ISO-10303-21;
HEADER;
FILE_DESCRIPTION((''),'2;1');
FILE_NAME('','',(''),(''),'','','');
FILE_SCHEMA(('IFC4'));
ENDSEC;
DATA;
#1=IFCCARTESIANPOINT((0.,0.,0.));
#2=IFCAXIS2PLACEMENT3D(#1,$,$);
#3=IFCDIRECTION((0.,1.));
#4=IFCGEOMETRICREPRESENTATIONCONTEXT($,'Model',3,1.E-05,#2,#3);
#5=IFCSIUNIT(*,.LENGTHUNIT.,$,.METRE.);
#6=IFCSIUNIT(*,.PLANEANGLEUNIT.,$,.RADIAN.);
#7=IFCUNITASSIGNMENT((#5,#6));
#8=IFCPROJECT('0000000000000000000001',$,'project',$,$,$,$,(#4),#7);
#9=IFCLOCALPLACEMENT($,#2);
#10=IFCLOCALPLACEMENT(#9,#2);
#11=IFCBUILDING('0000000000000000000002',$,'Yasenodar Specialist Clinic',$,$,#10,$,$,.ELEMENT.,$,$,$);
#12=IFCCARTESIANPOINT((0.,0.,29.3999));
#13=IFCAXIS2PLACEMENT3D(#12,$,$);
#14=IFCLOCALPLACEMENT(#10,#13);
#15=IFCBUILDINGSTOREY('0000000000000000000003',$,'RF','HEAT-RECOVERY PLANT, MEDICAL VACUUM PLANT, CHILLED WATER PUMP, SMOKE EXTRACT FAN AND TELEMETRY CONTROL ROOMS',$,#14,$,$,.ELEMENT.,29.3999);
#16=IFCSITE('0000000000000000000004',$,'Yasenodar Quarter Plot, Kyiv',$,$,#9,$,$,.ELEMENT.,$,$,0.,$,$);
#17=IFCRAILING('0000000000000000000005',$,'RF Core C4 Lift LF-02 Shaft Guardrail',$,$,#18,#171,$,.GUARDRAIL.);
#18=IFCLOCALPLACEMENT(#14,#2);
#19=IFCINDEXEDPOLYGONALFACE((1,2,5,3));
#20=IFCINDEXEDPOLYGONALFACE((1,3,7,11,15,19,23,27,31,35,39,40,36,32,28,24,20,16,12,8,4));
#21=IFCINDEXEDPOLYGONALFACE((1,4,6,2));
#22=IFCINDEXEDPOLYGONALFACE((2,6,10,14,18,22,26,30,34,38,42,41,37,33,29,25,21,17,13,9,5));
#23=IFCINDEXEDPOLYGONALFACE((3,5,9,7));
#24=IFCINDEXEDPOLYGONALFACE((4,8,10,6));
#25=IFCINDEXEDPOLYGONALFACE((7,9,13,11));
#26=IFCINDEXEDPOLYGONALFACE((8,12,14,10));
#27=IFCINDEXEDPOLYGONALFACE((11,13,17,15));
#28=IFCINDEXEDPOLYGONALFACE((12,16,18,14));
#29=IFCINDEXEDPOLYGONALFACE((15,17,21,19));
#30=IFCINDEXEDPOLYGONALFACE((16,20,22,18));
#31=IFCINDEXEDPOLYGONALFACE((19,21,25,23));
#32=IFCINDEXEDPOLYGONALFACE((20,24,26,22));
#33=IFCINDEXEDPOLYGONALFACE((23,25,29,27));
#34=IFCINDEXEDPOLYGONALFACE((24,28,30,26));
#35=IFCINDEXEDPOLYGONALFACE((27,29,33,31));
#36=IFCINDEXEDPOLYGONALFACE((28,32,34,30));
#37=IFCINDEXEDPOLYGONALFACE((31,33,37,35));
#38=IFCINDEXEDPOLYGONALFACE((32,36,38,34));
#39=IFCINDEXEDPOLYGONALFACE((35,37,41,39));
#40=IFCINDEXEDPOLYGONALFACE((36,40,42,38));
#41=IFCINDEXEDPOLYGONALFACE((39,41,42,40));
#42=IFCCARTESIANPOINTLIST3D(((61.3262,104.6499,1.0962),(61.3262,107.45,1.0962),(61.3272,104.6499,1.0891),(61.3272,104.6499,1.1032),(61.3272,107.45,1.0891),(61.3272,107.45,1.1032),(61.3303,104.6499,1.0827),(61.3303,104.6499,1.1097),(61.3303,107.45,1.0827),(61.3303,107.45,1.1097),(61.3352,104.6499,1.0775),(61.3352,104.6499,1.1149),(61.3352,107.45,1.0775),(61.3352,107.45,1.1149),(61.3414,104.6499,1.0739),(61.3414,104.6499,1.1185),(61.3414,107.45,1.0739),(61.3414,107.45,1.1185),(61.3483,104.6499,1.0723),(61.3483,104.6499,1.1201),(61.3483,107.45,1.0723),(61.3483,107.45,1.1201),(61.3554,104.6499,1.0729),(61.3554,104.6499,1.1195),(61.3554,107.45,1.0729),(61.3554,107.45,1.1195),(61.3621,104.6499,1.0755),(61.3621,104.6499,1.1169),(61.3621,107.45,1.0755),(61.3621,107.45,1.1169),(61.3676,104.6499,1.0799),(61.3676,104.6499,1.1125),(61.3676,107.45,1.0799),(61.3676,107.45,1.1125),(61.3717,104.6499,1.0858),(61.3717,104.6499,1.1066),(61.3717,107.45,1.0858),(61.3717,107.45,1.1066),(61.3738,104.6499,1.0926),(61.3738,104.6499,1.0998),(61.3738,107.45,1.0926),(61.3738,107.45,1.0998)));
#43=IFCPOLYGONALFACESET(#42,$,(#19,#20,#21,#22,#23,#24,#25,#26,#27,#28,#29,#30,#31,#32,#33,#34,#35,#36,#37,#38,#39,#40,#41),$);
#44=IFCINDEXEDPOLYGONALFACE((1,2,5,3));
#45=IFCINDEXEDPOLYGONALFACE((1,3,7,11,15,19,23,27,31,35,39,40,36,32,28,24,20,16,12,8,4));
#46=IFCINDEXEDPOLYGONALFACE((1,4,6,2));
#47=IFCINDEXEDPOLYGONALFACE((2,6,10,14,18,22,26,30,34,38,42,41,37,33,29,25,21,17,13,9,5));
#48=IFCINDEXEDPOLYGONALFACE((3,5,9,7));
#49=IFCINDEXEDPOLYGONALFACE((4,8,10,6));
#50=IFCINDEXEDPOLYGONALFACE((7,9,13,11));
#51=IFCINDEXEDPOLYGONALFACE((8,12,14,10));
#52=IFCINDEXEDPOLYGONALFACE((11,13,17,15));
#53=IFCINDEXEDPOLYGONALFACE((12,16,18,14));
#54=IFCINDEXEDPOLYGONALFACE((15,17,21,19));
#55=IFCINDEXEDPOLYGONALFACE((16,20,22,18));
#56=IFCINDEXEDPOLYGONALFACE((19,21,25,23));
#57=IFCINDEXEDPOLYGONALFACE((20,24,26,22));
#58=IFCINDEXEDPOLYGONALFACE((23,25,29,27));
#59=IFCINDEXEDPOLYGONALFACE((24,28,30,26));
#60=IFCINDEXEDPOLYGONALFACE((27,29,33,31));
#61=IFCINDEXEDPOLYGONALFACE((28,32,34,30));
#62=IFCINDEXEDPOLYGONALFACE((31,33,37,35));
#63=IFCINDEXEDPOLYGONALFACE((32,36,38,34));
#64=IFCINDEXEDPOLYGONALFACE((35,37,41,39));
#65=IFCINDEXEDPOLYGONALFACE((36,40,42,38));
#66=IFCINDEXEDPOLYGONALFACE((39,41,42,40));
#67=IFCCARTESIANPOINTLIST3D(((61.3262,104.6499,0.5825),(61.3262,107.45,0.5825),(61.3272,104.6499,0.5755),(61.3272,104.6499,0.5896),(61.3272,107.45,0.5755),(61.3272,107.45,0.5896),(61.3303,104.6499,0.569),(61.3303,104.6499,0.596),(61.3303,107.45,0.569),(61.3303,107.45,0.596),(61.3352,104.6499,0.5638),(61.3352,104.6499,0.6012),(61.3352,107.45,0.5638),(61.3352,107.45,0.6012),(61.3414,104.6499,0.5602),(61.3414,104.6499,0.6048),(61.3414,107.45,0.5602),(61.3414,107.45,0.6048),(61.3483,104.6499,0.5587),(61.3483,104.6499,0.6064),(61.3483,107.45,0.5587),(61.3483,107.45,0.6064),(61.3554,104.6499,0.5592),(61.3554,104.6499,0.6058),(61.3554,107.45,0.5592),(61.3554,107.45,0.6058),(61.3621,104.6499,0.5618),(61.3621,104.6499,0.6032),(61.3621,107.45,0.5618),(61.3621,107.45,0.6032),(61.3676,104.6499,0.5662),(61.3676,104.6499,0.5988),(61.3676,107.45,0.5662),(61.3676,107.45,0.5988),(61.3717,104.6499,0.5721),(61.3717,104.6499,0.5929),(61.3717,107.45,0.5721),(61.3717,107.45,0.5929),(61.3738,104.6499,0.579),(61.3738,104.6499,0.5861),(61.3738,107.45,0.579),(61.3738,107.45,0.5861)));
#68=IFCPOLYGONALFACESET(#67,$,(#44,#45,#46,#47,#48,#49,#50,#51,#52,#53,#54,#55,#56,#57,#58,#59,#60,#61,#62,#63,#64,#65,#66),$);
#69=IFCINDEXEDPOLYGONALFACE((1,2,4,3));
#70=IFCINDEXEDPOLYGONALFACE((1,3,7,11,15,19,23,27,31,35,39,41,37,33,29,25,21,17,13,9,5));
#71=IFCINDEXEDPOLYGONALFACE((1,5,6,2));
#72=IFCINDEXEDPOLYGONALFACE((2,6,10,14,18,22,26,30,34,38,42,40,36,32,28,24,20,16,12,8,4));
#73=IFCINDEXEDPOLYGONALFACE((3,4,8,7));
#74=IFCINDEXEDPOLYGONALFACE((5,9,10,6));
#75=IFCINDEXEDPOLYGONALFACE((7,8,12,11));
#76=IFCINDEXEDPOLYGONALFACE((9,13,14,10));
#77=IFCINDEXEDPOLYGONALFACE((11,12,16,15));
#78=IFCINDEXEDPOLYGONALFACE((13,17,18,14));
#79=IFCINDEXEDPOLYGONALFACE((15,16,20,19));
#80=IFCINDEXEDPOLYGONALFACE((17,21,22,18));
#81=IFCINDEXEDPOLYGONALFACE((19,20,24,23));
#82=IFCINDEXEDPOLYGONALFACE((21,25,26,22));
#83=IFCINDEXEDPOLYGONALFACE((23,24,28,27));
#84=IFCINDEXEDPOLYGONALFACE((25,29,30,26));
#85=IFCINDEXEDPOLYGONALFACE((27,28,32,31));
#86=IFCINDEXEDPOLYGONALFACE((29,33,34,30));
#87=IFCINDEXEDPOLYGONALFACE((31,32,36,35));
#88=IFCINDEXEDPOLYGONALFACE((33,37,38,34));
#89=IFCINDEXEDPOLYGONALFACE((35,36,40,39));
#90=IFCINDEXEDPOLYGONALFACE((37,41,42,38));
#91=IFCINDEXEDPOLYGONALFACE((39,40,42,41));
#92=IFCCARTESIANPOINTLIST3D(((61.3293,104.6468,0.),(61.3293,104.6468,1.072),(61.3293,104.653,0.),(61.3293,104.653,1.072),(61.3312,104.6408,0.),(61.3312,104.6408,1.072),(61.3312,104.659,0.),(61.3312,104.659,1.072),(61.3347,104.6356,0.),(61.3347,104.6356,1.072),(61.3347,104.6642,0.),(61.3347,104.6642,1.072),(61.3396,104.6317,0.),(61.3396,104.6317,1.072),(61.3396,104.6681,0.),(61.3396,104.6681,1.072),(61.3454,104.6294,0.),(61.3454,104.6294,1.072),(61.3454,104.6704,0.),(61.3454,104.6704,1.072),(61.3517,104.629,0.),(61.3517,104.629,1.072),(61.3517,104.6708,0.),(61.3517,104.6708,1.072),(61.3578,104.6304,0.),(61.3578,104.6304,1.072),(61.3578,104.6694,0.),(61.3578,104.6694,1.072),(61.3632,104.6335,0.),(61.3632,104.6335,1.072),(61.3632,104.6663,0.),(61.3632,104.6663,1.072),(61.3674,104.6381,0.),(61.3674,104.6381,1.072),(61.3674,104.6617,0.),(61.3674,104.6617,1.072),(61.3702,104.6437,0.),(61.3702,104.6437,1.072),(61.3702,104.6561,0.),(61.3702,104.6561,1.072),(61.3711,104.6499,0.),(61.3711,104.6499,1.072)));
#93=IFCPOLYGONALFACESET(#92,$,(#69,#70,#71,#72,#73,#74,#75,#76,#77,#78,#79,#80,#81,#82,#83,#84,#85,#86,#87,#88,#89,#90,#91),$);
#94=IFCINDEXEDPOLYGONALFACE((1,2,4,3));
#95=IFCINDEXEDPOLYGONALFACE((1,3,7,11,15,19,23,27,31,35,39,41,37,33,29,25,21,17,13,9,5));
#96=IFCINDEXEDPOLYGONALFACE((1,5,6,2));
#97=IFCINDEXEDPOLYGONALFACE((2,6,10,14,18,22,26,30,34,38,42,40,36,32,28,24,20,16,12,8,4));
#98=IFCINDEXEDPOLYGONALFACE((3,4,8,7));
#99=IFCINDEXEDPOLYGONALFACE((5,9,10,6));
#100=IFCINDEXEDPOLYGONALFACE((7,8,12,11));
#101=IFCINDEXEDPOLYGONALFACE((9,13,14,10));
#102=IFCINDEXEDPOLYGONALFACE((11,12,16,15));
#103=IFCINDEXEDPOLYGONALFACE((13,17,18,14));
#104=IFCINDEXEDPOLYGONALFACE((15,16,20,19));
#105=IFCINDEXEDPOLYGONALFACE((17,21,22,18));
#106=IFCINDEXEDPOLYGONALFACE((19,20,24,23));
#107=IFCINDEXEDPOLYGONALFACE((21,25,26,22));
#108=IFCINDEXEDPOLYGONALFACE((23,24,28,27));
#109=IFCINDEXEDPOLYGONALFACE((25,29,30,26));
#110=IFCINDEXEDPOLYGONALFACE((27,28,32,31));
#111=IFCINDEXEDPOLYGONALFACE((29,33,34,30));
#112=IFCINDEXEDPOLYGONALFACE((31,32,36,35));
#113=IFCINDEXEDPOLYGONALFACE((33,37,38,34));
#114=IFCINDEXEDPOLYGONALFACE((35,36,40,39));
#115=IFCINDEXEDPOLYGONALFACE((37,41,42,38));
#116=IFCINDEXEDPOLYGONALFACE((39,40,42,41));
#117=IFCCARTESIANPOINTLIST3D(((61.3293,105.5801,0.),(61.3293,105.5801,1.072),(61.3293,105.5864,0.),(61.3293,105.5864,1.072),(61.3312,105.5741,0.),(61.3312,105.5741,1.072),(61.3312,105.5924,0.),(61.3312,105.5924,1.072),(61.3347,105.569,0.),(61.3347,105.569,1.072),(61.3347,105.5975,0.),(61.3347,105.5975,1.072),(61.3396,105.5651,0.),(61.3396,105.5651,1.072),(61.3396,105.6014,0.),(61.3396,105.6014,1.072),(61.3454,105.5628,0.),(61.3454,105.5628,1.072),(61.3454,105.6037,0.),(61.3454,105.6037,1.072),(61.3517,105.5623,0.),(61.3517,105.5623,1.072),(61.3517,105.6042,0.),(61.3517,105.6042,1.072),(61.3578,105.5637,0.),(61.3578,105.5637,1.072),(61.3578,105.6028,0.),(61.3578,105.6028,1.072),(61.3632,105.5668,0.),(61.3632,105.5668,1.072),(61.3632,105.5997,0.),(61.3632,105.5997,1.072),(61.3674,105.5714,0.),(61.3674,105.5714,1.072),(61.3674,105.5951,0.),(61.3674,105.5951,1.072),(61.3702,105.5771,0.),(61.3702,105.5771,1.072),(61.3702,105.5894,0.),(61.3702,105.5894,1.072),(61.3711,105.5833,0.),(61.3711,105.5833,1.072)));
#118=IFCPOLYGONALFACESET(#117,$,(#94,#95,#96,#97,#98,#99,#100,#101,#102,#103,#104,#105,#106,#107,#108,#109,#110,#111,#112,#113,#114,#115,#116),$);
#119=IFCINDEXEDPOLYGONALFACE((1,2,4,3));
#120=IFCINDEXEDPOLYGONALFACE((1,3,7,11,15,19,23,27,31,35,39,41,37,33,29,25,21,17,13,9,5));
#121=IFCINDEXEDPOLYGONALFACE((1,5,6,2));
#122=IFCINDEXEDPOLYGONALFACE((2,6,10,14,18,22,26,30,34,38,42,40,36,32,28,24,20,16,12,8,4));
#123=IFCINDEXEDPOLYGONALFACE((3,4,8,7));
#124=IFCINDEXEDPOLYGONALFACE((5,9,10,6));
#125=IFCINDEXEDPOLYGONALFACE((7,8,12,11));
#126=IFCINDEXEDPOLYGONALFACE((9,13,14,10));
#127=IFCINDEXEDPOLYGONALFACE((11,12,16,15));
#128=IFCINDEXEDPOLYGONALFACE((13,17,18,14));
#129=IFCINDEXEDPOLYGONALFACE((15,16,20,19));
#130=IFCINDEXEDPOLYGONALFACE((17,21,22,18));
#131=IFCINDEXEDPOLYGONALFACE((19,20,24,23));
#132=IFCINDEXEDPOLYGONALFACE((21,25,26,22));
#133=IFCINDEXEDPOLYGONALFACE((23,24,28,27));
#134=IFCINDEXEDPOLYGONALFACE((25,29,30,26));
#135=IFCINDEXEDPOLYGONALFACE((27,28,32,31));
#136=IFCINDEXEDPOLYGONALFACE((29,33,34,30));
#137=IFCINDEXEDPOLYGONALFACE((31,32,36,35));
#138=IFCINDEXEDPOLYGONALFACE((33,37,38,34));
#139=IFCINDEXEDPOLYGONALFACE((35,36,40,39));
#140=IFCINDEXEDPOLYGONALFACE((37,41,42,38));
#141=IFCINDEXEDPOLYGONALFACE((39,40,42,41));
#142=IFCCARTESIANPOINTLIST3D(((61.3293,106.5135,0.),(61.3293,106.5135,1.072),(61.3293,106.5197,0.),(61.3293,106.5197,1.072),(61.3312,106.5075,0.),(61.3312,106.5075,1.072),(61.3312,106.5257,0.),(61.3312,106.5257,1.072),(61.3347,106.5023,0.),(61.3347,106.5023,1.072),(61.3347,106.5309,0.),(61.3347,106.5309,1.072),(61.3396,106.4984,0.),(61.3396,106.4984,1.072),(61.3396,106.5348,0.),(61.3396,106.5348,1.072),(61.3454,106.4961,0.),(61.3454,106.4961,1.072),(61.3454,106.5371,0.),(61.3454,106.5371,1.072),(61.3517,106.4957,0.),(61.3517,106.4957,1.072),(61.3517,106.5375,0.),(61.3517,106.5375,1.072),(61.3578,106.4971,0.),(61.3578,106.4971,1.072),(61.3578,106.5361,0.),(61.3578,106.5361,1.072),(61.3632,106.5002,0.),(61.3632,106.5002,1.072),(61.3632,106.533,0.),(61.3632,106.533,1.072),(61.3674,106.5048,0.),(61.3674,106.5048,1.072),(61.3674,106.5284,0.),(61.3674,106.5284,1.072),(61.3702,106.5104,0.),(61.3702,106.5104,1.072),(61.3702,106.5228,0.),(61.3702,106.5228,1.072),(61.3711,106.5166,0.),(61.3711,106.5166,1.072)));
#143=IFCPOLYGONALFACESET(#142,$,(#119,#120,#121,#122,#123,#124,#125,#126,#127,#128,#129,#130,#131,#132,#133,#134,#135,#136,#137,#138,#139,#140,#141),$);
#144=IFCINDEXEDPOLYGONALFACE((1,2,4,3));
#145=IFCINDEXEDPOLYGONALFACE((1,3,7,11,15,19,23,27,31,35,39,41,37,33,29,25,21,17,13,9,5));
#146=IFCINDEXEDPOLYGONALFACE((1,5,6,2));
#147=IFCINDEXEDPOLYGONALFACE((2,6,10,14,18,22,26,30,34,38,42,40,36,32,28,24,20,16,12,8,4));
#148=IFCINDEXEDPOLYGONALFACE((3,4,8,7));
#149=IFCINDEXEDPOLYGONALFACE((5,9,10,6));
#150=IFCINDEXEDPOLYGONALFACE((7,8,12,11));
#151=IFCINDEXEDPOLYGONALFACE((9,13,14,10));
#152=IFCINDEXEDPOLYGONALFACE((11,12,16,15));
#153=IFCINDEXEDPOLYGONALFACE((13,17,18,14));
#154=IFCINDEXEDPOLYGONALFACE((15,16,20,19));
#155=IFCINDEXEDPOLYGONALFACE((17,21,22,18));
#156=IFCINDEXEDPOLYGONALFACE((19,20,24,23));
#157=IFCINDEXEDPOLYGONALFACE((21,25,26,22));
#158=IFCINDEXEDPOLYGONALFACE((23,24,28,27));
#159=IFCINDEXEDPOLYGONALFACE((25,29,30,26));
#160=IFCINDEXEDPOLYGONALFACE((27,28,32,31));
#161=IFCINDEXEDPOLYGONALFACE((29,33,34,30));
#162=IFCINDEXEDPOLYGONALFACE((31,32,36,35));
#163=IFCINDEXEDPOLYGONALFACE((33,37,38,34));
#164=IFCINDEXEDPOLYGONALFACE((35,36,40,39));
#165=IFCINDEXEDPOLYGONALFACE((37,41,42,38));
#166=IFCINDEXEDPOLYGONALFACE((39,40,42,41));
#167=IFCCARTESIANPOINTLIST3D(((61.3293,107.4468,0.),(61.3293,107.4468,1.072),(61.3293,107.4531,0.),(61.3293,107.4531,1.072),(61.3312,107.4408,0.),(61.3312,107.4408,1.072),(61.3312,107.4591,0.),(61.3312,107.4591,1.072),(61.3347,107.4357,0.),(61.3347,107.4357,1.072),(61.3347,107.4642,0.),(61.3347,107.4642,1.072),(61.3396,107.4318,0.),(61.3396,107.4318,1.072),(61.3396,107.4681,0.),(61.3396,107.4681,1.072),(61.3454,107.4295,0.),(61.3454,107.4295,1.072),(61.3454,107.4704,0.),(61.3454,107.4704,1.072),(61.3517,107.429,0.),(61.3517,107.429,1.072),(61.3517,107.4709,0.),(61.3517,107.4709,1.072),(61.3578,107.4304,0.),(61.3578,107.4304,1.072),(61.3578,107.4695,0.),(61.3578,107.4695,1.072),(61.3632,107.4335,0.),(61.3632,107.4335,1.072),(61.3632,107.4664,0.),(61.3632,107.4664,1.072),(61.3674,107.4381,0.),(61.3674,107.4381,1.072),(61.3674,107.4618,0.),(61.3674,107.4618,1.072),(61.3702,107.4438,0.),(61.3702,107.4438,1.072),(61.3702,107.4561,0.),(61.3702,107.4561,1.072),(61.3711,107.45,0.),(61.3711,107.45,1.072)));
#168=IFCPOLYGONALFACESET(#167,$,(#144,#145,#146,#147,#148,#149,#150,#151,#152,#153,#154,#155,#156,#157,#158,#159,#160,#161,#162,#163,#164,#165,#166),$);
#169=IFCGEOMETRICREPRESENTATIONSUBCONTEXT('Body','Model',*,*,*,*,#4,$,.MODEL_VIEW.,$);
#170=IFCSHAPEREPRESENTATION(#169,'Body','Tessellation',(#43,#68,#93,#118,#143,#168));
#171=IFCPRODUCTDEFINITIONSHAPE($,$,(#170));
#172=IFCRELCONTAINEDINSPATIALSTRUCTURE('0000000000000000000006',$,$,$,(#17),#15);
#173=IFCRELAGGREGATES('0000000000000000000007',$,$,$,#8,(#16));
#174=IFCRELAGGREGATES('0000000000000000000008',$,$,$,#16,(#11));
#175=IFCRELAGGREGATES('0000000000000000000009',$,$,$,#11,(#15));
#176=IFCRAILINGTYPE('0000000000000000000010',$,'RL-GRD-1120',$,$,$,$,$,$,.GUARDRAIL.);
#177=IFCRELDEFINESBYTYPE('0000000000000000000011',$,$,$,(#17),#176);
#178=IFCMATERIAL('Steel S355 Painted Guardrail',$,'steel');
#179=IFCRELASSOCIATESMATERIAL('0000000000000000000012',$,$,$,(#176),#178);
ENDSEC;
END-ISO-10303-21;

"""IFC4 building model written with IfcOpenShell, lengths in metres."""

from ifc_helpers import new_model, si_unit, direction, frame, origin, origin_2d, place, context, subcontext, project, spatial, circle, extrude, material, type_object, element, save


model = new_model("IFC4")

# Units and contexts
model_context = context("Model", 3, precision=1e-05, world=origin(), true_north=direction((0.0, 1.0)))
body_context = subcontext(model_context, "Body", "Model", "MODEL_VIEW")
ifc_project = project(units=[si_unit("LENGTHUNIT", "METRE"), si_unit("PLANEANGLEUNIT", "RADIAN")], contexts=[model_context])

# Site, building, storey
site_placement = place(None, origin())
site = spatial("IfcSite", under=ifc_project, at=site_placement, Name="Yasenodar Quarter Plot, Kyiv", CompositionType="ELEMENT", RefElevation=0.0)
building_placement = place(site_placement, origin())
building = spatial("IfcBuilding", under=site, at=building_placement, Name="Yasenodar Specialist Clinic", CompositionType="ELEMENT")
storey_placement = place(building_placement, frame((0.0, 0.0, 29.3999)))
storey = spatial("IfcBuildingStorey", under=building, at=storey_placement, Name="RF", Description="HEAT-RECOVERY PLANT, MEDICAL VACUUM PLANT, CHILLED WATER PUMP, SMOKE EXTRACT FAN AND TELEMETRY CONTROL ROOMS", CompositionType="ELEMENT", Elevation=29.3999)

# Railing
ifc_material_1 = material(Name="Steel S355 Painted Guardrail", Category="steel")
railing_type_1 = type_object("IfcRailingType", Name="RL-GRD-1120", PredefinedType="GUARDRAIL", material=ifc_material_1)
railing_1_placement = place(storey_placement, frame((61.3501, 104.6499, 0.0)))
element("IfcRailing", 1, at=railing_1_placement, inside=storey, type_object=railing_type_1, Name="RF Core C4 Lift LF-02 Shaft Guardrail", PredefinedType="GUARDRAIL", context=body_context, shape_type="SweptSolid", body=[
    extrude(circle(Radius=0.0239, at=origin_2d()), frame((0.0, 0.0, 1.0962), z_axis=(0.0, 1.0, 0.0), x_axis=(-1.0, 0.0, 0.0)), (0.0, 0.0, 1.0), 2.8),
    extrude(circle(Radius=0.0239, at=origin_2d()), frame((0.0, 0.0, 0.5825), z_axis=(0.0, 1.0, 0.0), x_axis=(-1.0, 0.0, 0.0)), (0.0, 0.0, 1.0), 2.8),
    extrude(circle(Radius=0.021, at=origin_2d()), origin(), (0.0, 0.0, 1.0), 1.072),
    extrude(circle(Radius=0.021, at=origin_2d()), frame((0.0, 0.9333, 0.0)), (0.0, 0.0, 1.0), 1.072),
    extrude(circle(Radius=0.021, at=origin_2d()), frame((0.0, 1.8667, 0.0)), (0.0, 0.0, 1.0), 1.072),
    extrude(circle(Radius=0.021, at=origin_2d()), frame((0.0, 2.8, 0.0)), (0.0, 0.0, 1.0), 1.072),
])

save(model, "model.ifc")
